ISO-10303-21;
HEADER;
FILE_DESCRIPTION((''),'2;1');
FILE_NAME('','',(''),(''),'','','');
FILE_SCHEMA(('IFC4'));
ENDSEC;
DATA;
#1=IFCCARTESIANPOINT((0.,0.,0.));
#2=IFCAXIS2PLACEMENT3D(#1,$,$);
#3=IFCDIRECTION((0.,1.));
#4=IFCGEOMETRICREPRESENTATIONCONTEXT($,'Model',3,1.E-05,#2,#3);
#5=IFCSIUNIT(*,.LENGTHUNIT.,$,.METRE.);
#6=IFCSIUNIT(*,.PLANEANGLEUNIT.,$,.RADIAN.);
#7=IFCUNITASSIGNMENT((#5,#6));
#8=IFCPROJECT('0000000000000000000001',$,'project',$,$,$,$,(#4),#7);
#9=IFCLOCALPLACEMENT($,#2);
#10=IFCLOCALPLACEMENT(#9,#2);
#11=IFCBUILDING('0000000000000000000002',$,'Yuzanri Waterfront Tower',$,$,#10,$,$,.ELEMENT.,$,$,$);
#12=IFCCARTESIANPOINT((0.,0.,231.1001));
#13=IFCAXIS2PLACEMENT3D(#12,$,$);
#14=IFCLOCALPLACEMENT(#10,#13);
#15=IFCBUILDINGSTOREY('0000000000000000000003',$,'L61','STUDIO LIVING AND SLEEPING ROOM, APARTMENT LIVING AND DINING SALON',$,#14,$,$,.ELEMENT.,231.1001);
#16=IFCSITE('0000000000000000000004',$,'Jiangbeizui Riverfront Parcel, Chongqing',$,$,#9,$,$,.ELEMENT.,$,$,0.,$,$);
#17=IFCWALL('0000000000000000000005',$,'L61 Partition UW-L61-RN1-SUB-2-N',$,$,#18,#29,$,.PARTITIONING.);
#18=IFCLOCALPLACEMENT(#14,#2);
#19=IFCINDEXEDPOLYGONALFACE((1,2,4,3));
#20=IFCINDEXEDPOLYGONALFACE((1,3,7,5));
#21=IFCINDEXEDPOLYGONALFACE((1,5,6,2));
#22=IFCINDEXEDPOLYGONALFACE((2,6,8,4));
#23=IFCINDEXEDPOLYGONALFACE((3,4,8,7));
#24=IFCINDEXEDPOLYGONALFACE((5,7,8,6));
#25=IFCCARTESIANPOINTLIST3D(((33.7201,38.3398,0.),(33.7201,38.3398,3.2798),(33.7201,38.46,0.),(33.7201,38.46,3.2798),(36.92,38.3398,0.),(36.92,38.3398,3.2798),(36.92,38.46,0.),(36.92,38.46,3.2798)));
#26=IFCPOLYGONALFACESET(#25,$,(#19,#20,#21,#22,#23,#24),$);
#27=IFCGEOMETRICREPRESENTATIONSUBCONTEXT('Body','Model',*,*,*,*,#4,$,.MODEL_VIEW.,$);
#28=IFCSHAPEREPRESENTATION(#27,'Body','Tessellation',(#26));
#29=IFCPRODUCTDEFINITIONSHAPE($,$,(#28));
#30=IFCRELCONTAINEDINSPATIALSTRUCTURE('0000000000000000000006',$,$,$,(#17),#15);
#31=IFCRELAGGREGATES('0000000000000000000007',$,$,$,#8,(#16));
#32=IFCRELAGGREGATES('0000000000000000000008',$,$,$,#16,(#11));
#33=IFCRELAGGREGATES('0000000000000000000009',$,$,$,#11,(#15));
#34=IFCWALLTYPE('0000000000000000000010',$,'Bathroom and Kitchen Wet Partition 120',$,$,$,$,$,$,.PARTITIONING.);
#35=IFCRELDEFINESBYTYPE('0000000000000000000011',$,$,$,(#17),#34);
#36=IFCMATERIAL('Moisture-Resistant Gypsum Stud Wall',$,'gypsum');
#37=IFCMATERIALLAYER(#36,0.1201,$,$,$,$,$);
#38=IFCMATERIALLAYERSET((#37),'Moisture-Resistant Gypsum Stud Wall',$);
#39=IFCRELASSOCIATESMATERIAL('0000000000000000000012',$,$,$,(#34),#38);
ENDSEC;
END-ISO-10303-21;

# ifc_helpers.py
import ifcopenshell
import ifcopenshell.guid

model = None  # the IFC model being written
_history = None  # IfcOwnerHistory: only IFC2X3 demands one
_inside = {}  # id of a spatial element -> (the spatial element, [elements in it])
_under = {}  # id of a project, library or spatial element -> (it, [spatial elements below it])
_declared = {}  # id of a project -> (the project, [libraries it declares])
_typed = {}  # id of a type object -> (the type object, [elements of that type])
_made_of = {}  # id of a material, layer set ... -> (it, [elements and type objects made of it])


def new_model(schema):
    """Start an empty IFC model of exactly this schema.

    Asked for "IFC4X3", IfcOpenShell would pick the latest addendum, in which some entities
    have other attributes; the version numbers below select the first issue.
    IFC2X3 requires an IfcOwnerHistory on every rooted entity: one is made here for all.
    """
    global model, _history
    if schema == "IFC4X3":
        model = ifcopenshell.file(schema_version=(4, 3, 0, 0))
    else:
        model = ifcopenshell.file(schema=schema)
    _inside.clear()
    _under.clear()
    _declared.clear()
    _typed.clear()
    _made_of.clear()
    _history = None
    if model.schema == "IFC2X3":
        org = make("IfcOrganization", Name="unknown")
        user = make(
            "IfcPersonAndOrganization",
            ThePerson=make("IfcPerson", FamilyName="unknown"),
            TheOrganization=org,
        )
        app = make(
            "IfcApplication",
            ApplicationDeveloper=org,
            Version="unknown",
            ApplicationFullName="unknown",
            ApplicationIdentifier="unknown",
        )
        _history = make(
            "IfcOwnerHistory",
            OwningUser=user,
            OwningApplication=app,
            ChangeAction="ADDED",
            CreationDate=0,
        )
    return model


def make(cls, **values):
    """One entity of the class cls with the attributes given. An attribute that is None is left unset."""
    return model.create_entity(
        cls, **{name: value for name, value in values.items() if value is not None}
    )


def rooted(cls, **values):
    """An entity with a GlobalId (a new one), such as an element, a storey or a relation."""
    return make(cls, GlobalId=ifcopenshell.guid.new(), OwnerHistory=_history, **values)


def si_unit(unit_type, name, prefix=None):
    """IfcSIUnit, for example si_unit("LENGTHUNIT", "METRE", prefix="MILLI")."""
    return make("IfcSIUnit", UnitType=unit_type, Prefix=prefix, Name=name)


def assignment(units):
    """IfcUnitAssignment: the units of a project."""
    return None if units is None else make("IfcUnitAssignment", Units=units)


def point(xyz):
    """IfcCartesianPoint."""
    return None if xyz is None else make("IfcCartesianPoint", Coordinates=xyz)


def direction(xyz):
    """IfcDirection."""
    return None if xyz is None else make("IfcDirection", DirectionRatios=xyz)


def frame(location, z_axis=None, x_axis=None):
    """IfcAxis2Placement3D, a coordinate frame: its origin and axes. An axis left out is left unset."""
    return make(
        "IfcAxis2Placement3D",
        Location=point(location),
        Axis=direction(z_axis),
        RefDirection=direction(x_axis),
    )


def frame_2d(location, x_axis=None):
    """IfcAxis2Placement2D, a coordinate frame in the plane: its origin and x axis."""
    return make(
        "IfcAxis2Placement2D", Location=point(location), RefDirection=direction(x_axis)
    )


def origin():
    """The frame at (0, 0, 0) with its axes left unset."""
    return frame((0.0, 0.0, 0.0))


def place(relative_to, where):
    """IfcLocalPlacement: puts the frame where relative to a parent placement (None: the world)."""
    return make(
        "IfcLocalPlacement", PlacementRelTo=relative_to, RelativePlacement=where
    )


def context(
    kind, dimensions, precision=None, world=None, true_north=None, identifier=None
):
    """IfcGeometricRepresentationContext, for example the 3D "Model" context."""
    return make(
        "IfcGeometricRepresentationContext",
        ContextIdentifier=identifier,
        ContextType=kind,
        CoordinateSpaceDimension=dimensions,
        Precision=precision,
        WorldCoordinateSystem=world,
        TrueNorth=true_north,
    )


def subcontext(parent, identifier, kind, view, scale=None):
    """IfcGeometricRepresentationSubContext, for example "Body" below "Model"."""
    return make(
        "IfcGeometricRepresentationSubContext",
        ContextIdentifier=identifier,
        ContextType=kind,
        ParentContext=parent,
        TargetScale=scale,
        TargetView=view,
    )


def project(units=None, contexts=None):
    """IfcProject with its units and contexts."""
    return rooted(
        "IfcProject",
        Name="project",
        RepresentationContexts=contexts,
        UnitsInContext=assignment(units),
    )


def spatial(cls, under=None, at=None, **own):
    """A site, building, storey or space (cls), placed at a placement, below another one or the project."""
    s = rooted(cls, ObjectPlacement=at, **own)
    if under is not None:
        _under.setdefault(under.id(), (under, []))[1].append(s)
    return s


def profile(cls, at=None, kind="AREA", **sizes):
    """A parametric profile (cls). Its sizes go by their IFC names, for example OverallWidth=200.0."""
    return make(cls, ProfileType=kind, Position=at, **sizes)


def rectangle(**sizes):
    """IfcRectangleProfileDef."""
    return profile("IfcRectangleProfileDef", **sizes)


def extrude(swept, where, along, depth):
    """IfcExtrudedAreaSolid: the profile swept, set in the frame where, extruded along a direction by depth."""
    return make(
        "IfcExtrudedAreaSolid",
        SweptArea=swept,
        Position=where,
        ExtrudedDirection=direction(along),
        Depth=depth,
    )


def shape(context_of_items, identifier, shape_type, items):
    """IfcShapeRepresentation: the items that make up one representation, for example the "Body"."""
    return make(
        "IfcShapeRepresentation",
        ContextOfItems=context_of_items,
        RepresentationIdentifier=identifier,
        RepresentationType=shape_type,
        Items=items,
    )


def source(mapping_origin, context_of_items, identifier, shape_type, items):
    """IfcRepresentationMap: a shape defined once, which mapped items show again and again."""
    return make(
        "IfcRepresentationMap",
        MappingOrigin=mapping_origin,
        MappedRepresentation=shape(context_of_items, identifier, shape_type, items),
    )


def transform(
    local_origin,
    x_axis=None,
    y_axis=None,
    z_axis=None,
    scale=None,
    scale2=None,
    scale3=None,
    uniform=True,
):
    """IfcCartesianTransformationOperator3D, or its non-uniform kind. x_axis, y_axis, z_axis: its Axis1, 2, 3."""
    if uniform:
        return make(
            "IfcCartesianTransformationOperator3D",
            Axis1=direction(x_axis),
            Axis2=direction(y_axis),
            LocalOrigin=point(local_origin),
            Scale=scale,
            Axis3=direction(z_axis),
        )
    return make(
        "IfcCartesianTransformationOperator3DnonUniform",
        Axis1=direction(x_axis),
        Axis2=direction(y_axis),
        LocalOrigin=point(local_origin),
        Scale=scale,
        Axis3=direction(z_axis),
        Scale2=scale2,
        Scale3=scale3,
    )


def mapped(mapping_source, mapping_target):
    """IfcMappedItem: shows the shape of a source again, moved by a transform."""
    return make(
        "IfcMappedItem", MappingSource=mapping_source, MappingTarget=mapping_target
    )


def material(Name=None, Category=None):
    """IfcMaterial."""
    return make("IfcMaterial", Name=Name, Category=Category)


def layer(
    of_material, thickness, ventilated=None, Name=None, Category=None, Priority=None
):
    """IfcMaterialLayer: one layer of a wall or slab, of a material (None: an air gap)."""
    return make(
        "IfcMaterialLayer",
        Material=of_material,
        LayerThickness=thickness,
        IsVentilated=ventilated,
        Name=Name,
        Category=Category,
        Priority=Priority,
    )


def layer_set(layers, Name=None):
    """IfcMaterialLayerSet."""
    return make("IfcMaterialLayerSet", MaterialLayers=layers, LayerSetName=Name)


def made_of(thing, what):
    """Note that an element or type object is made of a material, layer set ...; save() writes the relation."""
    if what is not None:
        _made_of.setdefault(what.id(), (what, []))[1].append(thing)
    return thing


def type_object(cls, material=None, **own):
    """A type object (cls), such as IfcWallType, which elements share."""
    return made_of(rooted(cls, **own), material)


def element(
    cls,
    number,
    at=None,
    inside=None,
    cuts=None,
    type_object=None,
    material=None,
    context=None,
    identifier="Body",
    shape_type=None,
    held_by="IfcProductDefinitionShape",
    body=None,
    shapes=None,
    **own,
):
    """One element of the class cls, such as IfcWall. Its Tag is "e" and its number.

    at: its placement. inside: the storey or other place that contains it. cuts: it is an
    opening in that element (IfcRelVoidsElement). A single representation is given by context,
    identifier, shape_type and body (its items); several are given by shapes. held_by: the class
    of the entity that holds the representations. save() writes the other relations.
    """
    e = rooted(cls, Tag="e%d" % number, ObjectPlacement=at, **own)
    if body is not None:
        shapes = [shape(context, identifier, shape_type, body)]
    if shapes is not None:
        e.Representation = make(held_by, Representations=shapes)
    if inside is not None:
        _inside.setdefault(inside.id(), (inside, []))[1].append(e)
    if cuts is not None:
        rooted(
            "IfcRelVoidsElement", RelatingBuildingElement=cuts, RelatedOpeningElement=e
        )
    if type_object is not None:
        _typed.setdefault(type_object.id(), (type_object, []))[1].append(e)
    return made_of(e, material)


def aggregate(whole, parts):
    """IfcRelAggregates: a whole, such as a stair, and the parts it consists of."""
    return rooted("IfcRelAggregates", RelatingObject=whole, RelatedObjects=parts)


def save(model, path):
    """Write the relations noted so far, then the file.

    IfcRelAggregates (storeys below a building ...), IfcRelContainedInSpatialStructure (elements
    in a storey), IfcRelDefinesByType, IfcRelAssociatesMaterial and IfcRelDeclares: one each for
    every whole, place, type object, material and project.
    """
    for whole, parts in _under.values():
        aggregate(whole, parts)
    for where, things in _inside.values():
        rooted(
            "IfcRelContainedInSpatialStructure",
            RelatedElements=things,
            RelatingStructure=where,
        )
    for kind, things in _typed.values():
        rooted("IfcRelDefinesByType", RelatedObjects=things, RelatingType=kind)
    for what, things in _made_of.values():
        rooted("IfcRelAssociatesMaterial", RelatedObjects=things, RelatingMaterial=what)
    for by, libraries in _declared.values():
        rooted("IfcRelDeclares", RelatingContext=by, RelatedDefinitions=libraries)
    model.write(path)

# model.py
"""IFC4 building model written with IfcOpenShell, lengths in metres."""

from ifc_helpers import new_model, si_unit, direction, frame, frame_2d, origin, place, context, subcontext, project, spatial, rectangle, extrude, source, transform, mapped, material, layer, layer_set, type_object, element, save


model = new_model("IFC4")

# Units and contexts
model_context = context("Model", 3, precision=1e-05, world=origin(), true_north=direction((0.0, 1.0)))
body_context = subcontext(model_context, "Body", "Model", "MODEL_VIEW")
ifc_project = project(units=[si_unit("LENGTHUNIT", "METRE"), si_unit("PLANEANGLEUNIT", "RADIAN")], contexts=[model_context])

# Site, building, storey
site_placement = place(None, origin())
site = spatial("IfcSite", under=ifc_project, at=site_placement, Name="Jiangbeizui Riverfront Parcel, Chongqing", CompositionType="ELEMENT", RefElevation=0.0)
building_placement = place(site_placement, origin())
building = spatial("IfcBuilding", under=site, at=building_placement, Name="Yuzanri Waterfront Tower", CompositionType="ELEMENT")
storey_placement = place(building_placement, frame((0.0, 0.0, 231.1001)))
storey = spatial("IfcBuildingStorey", under=building, at=storey_placement, Name="L61", Description="STUDIO LIVING AND SLEEPING ROOM, APARTMENT LIVING AND DINING SALON", CompositionType="ELEMENT", Elevation=231.1001)

# Shared definitions
ifc_material_1 = material(Name="Moisture-Resistant Gypsum Stud Wall", Category="gypsum")
ifc_layer_1 = layer(ifc_material_1, 0.1201)
ifc_layer_set_1 = layer_set([ifc_layer_1], Name="Moisture-Resistant Gypsum Stud Wall")
wall_type_1 = type_object("IfcWallType", Name="Bathroom and Kitchen Wet Partition 120", PredefinedType="PARTITIONING", material=ifc_layer_set_1)

# Wall
shared_shape_1 = source(origin(), body_context, "Body", "SweptSolid", [
    extrude(rectangle(XDim=3.2, YDim=0.1201, at=frame_2d((1.6001, 0.0))), origin(), (0.0, 0.0, 1.0), 3.2798),
])
wall_1_placement = place(storey_placement, frame((33.72, 38.3999, 0.0), z_axis=(0.0, 0.0, 1.0), x_axis=(1.0, 0.0, 0.0)))
element("IfcWall", 1, at=wall_1_placement, inside=storey, type_object=wall_type_1, Name="L61 Partition UW-L61-RN1-SUB-2-N", PredefinedType="PARTITIONING", context=body_context, shape_type="MappedRepresentation", body=[
    mapped(shared_shape_1, transform((0.0, 0.0, 0.0), scale=1.0)),
])

save(model, "model.ifc")
